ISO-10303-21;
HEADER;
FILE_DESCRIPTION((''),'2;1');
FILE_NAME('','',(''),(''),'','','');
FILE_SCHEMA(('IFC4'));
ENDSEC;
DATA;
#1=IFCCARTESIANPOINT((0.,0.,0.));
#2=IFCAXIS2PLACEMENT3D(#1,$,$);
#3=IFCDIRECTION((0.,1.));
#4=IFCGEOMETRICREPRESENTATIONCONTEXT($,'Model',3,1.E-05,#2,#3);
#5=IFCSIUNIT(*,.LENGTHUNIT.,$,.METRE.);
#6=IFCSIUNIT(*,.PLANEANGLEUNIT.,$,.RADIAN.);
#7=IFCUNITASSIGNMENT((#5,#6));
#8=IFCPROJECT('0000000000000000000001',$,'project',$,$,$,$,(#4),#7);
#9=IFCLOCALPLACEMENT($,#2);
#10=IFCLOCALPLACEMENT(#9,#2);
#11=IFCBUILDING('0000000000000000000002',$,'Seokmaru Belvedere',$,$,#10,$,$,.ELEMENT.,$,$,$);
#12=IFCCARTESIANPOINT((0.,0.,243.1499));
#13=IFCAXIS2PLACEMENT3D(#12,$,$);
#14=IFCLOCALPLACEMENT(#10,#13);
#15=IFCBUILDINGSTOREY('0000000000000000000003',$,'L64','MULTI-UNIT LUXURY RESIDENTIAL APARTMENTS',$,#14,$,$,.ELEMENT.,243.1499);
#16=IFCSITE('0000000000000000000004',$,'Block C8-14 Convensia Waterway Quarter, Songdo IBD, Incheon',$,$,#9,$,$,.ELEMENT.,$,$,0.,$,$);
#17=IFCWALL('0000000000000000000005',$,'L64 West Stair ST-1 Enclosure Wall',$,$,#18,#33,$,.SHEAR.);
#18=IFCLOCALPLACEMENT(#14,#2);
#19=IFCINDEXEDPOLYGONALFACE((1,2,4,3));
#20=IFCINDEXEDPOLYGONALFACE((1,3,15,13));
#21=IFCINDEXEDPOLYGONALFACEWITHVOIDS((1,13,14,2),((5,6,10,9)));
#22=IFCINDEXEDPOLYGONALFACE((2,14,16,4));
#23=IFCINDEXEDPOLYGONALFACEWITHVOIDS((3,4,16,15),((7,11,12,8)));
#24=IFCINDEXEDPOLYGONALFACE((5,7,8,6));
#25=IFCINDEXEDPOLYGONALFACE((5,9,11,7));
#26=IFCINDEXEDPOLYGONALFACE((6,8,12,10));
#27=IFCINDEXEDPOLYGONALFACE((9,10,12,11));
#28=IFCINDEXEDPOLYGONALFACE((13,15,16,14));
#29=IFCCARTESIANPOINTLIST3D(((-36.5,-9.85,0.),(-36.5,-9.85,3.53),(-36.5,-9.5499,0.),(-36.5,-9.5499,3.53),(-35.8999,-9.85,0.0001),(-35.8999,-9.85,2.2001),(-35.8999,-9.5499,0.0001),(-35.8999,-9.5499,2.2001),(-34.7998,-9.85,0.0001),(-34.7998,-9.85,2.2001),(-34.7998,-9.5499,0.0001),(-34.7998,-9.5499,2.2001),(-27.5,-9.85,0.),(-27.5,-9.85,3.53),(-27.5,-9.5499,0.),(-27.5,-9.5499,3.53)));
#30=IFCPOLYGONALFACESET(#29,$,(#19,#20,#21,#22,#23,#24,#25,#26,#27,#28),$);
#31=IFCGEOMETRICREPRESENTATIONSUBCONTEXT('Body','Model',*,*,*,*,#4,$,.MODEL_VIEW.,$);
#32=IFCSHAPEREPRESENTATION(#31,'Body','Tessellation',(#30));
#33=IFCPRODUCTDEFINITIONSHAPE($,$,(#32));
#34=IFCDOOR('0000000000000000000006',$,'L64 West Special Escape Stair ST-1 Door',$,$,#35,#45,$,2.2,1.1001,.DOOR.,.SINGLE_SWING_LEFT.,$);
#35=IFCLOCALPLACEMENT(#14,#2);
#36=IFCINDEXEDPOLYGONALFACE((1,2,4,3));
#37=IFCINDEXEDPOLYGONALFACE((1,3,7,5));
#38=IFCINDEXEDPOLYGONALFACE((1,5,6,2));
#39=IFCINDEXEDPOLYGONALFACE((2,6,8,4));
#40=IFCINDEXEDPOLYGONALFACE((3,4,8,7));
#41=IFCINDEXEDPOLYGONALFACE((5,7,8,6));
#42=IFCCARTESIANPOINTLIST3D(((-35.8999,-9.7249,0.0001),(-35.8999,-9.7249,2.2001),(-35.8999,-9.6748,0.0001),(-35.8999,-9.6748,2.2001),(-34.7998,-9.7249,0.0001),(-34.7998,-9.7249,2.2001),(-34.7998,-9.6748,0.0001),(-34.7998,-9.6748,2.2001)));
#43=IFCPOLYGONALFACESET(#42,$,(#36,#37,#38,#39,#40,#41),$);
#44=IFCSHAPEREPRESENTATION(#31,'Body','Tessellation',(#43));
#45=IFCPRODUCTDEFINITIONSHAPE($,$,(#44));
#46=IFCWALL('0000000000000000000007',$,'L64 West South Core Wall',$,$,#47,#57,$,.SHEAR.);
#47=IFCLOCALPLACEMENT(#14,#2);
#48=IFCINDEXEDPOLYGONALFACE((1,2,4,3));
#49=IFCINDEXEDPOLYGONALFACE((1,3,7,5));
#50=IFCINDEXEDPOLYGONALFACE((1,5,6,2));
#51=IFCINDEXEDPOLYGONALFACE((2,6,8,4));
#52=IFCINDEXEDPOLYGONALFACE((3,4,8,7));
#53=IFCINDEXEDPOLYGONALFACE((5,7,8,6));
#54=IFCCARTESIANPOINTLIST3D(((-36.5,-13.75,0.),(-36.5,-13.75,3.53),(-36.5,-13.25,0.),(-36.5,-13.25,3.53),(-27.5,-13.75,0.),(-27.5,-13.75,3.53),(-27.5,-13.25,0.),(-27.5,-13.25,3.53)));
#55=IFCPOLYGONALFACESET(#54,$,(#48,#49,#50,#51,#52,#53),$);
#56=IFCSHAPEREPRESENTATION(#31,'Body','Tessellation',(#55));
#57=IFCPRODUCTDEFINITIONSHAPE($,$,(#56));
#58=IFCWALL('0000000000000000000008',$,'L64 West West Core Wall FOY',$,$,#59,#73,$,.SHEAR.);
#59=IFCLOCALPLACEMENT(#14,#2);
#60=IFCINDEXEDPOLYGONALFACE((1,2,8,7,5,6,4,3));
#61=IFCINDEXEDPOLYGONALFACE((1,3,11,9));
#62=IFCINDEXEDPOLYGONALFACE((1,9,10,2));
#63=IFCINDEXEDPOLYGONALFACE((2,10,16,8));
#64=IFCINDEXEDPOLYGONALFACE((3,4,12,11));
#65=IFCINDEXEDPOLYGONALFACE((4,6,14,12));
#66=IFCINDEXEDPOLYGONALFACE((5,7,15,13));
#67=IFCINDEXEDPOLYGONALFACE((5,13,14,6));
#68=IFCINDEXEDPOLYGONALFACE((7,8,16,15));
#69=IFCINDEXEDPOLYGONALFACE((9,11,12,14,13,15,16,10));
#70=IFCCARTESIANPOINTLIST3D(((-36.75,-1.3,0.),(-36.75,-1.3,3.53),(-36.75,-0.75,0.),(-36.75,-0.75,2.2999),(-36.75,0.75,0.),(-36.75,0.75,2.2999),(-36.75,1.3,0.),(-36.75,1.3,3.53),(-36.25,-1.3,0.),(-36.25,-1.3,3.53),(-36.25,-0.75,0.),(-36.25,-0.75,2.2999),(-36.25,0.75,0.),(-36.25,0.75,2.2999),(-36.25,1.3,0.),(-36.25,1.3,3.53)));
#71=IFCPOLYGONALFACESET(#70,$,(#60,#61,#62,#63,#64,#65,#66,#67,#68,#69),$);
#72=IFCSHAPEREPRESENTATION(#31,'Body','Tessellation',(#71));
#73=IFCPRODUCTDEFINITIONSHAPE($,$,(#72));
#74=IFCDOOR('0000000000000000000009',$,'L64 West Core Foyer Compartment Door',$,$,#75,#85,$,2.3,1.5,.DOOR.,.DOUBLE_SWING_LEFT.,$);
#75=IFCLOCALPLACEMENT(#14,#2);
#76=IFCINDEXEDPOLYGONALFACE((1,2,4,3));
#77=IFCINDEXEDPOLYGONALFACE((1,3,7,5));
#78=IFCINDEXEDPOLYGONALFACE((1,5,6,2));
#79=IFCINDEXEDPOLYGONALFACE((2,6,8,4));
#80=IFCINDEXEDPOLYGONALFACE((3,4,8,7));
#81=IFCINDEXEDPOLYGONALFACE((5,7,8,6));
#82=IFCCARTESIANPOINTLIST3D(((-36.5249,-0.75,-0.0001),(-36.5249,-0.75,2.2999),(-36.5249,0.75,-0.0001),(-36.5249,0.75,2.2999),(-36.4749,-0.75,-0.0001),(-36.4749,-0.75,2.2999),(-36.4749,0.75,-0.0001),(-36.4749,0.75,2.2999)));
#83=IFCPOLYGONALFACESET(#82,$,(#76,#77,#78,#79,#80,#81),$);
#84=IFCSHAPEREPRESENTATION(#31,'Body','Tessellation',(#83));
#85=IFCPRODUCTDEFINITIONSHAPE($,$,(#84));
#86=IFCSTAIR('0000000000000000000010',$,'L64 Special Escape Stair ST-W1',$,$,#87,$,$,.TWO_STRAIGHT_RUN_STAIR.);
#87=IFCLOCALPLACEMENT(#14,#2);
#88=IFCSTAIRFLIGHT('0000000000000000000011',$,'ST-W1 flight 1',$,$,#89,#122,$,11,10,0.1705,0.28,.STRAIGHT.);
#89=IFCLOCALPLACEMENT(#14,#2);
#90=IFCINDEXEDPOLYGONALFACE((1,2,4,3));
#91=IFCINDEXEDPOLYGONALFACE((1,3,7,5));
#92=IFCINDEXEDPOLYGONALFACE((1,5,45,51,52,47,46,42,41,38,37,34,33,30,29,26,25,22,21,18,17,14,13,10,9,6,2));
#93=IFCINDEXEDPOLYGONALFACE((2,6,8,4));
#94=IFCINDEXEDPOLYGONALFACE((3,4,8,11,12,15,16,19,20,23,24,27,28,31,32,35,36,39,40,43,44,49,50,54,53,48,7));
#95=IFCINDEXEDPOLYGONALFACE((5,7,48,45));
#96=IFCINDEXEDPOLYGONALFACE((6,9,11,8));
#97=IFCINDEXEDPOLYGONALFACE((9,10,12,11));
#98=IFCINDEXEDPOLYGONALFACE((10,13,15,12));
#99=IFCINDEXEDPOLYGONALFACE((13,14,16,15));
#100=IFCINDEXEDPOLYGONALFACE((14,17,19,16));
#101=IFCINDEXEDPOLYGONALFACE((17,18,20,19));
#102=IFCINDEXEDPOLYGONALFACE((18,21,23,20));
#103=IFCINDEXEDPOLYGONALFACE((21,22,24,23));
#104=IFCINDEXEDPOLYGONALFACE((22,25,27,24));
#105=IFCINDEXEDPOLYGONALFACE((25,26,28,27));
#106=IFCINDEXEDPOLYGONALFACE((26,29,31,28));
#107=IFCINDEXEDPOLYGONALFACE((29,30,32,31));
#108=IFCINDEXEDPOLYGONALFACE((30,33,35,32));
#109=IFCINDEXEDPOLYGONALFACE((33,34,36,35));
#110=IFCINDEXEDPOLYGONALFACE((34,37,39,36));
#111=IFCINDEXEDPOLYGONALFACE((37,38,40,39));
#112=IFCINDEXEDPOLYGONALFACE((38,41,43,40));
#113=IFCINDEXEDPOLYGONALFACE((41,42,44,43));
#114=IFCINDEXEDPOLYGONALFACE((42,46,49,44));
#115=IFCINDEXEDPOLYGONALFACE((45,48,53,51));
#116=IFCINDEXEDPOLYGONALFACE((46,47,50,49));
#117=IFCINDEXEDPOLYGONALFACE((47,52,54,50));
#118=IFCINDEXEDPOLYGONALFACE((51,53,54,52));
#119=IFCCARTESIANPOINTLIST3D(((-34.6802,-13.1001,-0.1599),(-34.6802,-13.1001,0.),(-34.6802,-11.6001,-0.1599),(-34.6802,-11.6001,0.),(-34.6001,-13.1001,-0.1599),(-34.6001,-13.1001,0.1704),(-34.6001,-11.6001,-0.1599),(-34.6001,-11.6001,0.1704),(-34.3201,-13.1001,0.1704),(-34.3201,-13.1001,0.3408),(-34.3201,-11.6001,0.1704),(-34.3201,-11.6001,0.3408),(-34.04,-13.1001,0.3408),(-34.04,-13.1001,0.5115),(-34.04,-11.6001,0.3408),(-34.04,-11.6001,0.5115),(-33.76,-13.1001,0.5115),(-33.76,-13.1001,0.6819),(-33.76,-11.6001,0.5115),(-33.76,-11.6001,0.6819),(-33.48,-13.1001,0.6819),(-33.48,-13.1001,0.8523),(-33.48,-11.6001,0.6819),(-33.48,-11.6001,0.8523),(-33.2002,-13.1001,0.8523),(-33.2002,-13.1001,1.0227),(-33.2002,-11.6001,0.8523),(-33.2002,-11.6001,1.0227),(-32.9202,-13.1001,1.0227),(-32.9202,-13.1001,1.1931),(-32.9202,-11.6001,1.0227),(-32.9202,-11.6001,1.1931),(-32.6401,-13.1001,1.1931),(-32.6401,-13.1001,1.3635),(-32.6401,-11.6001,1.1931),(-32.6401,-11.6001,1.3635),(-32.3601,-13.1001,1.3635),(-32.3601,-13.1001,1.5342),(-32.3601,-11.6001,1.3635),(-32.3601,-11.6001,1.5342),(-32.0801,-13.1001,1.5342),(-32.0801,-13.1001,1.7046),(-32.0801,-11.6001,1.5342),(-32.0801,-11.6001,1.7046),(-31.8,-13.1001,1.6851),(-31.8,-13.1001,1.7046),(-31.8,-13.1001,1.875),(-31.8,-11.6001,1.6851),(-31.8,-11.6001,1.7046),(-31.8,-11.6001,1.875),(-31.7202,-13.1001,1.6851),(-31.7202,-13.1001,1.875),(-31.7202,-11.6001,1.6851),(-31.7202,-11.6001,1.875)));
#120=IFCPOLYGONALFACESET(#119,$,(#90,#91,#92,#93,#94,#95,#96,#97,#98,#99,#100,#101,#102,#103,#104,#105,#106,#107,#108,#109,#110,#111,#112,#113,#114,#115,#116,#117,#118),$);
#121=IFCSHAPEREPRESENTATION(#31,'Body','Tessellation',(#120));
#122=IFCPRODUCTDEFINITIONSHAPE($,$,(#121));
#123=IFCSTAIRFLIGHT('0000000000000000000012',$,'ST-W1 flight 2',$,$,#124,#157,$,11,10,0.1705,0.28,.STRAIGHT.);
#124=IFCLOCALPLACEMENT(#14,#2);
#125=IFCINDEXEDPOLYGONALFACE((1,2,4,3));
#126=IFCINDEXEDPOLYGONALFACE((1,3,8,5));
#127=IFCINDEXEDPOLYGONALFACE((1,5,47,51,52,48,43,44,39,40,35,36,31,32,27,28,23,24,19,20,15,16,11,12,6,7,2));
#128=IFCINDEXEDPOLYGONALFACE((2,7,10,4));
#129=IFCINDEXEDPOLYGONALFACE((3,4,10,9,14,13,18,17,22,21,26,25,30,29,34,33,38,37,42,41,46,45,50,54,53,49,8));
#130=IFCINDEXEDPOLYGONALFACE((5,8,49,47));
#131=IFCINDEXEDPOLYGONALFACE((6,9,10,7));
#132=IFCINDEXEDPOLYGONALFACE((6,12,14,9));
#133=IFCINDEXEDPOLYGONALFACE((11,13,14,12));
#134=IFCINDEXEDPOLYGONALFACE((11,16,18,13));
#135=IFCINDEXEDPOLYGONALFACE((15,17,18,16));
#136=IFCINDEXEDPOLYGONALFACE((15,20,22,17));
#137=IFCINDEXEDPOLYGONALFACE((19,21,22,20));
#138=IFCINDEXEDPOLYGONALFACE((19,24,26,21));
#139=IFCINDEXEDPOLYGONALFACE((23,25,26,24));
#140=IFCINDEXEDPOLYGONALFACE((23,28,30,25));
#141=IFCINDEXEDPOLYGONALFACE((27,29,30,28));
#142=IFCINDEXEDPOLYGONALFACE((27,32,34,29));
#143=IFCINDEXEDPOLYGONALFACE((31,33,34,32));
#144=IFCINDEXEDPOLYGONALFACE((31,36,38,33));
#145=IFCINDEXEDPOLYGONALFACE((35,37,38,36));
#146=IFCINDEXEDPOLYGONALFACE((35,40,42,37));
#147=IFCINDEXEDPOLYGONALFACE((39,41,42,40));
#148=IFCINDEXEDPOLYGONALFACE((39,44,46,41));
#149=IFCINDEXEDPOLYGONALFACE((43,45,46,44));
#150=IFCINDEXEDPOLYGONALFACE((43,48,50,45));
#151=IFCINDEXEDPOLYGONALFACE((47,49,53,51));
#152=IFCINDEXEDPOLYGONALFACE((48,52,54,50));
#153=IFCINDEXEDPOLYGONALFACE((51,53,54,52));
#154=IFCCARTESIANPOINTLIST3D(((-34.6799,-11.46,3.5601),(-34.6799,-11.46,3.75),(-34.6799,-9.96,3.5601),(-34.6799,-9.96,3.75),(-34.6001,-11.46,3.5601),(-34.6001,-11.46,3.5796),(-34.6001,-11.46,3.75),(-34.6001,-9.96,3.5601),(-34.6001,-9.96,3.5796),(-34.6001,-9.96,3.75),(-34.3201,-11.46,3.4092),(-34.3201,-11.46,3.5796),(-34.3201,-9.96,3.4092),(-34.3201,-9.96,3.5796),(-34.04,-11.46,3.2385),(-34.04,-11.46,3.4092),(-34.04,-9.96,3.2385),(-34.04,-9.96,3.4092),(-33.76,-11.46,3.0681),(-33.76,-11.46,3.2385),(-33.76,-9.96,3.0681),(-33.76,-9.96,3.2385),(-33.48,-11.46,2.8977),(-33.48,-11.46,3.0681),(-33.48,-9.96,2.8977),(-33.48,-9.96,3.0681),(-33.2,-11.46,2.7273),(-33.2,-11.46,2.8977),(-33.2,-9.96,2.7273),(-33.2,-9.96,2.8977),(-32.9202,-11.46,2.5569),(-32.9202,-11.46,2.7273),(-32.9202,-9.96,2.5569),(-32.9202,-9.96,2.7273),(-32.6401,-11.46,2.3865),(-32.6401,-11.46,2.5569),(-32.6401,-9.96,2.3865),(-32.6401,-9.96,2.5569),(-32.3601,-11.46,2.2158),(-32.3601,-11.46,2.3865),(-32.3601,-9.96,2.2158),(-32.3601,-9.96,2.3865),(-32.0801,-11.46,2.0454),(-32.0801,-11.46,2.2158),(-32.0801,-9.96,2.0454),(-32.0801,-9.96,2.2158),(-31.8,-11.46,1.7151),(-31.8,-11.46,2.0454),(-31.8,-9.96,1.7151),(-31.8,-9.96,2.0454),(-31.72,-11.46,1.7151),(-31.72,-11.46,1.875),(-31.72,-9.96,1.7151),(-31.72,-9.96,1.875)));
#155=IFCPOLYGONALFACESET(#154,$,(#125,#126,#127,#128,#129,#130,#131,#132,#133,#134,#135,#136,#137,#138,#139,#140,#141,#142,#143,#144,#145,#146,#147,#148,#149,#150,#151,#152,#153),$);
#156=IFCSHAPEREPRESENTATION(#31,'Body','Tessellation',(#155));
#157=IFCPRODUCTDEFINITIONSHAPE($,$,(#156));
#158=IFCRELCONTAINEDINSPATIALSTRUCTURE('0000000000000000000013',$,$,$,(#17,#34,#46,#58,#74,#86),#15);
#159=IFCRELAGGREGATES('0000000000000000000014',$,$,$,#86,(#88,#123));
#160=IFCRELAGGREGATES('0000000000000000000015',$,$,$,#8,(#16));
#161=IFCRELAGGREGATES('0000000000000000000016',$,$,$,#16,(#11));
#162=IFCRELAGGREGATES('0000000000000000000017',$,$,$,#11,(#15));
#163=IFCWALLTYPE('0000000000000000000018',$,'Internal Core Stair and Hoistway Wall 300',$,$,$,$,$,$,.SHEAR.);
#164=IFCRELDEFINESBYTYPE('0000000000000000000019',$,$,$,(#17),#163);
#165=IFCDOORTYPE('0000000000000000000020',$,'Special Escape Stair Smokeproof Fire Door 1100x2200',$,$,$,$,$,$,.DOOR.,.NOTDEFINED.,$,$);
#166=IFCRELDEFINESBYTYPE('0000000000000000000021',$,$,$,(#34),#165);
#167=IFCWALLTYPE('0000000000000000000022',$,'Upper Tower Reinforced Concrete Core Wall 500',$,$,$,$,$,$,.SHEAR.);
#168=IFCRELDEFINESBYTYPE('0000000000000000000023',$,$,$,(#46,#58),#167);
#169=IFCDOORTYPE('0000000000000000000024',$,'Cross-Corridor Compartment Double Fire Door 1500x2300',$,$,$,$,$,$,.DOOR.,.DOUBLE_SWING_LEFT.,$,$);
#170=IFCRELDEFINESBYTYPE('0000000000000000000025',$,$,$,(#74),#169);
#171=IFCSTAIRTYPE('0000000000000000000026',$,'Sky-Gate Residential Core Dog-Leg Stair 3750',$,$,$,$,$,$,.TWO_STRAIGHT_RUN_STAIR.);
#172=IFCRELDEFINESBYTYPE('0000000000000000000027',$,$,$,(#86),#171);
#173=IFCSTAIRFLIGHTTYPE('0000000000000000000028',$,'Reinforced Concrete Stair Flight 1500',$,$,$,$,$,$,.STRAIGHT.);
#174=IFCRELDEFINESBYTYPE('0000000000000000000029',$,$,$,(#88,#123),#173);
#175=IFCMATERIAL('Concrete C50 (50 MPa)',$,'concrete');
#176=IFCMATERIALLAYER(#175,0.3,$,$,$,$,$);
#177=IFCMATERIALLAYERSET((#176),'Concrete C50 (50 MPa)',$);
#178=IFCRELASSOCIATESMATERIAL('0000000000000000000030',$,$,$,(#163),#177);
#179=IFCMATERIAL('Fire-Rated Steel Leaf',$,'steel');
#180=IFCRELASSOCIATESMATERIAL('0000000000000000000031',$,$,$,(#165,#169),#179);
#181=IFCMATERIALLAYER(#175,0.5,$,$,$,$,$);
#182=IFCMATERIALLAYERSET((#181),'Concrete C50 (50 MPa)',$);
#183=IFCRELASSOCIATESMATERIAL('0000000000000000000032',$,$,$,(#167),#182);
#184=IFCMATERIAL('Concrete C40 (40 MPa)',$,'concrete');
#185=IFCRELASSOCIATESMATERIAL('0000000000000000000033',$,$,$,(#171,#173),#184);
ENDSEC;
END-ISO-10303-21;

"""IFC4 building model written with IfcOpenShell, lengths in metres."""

from ifc_helpers import new_model, si_unit, direction, frame, frame_2d, origin, place, context, subcontext, project, spatial, polyline, rectangle, outline, extrude, source, transform, mapped, material, layer, layer_set, type_object, type_shapes, element, fill, aggregate, save


model = new_model("IFC4")

# Units and contexts
model_context = context("Model", 3, precision=1e-05, world=origin(), true_north=direction((0.0, 1.0)))
body_context = subcontext(model_context, "Body", "Model", "MODEL_VIEW")
ifc_project = project(units=[si_unit("LENGTHUNIT", "METRE"), si_unit("PLANEANGLEUNIT", "RADIAN")], contexts=[model_context])

# Site, building, storey
site_placement = place(None, origin())
site = spatial("IfcSite", under=ifc_project, at=site_placement, Name="Block C8-14 Convensia Waterway Quarter, Songdo IBD, Incheon", CompositionType="ELEMENT", RefElevation=0.0)
building_placement = place(site_placement, origin())
building = spatial("IfcBuilding", under=site, at=building_placement, Name="Seokmaru Belvedere", CompositionType="ELEMENT")
storey_placement = place(building_placement, frame((0.0, 0.0, 243.1499)))
storey = spatial("IfcBuildingStorey", under=building, at=storey_placement, Name="L64", Description="MULTI-UNIT LUXURY RESIDENTIAL APARTMENTS", CompositionType="ELEMENT", Elevation=243.1499)

# Shared definitions
ifc_material_1 = material(Name="Fire-Rated Steel Leaf", Category="steel")

# Wall, opening, door
ifc_material_2 = material(Name="Concrete C50 (50 MPa)", Category="concrete")
ifc_layer_1 = layer(ifc_material_2, 0.3)
ifc_layer_set_1 = layer_set([ifc_layer_1], Name="Concrete C50 (50 MPa)")
wall_type_1 = type_object("IfcWallType", Name="Internal Core Stair and Hoistway Wall 300", PredefinedType="SHEAR", material=ifc_layer_set_1)
wall_1_placement = place(storey_placement, frame((-36.5, -9.7, 0.0), z_axis=(0.0, 0.0, 1.0), x_axis=(1.0, 0.0, 0.0)))
wall_1 = element("IfcWall", 1, at=wall_1_placement, inside=storey, type_object=wall_type_1, Name="L64 West Stair ST-1 Enclosure Wall", PredefinedType="SHEAR", context=body_context, shape_type="SweptSolid", body=[
    extrude(rectangle(XDim=9.0, YDim=0.3, at=frame_2d((4.5, 0.0))), origin(), (0.0, 0.0, 1.0), 3.53),
])
opening_1_placement = place(wall_1_placement, frame((0.6001, 0.0, 0.0)))
opening_1 = element("IfcOpeningElement", 2, at=opening_1_placement, cuts=wall_1, PredefinedType="OPENING", context=body_context, shape_type="SweptSolid", body=[
    extrude(rectangle(XDim=1.1001, YDim=2.2, at=frame_2d((0.55, 1.1001))), frame((0.0, 0.1602, 0.0), z_axis=(0.0, -1.0, 0.0), x_axis=(1.0, 0.0, 0.0)), (0.0, 0.0, 1.0), 0.3201),
])
door_type_1 = type_object("IfcDoorType", Name="Special Escape Stair Smokeproof Fire Door 1100x2200", OperationType="NOTDEFINED", PredefinedType="DOOR", material=ifc_material_1)
shared_shape_1 = source(origin(), body_context, "Body", "SweptSolid", [
    extrude(rectangle(XDim=1.1001, YDim=2.2, at=frame_2d((0.55, 1.1001))), frame((0.0, 0.0249, 0.0), z_axis=(0.0, -1.0, 0.0), x_axis=(1.0, 0.0, 0.0)), (0.0, 0.0, 1.0), 0.05),
])
type_shapes(door_type_1, [shared_shape_1])
door_1_placement = place(opening_1_placement, frame((1.1001, 0.0, 0.0), z_axis=(0.0, 0.0, 1.0), x_axis=(-1.0, 0.0, 0.0)))
door_1 = element("IfcDoor", 3, at=door_1_placement, inside=storey, type_object=door_type_1, Name="L64 West Special Escape Stair ST-1 Door", OperationType="SINGLE_SWING_LEFT", OverallHeight=2.2, OverallWidth=1.1001, PredefinedType="DOOR", context=body_context, shape_type="MappedRepresentation", body=[
    mapped(shared_shape_1, transform((0.0, 0.0, 0.0), scale=1.0)),
])
fill(opening_1, door_1)

# Wall
ifc_layer_2 = layer(ifc_material_2, 0.5)
ifc_layer_set_2 = layer_set([ifc_layer_2], Name="Concrete C50 (50 MPa)")
wall_type_2 = type_object("IfcWallType", Name="Upper Tower Reinforced Concrete Core Wall 500", PredefinedType="SHEAR", material=ifc_layer_set_2)
wall_2_placement = place(storey_placement, frame((-36.5, -13.5, 0.0), z_axis=(0.0, 0.0, 1.0), x_axis=(1.0, 0.0, 0.0)))
element("IfcWall", 4, at=wall_2_placement, inside=storey, type_object=wall_type_2, Name="L64 West South Core Wall", PredefinedType="SHEAR", context=body_context, shape_type="SweptSolid", body=[
    extrude(rectangle(XDim=9.0, YDim=0.5, at=frame_2d((4.5, 0.0))), origin(), (0.0, 0.0, 1.0), 3.53),
])

# Wall, opening, door
wall_3_placement = place(storey_placement, frame((-36.5, -1.3, 0.0), z_axis=(0.0, 0.0, 1.0), x_axis=(0.0, 1.0, 0.0)))
wall_3 = element("IfcWall", 5, at=wall_3_placement, inside=storey, type_object=wall_type_2, Name="L64 West West Core Wall FOY", PredefinedType="SHEAR", context=body_context, shape_type="SweptSolid", body=[
    extrude(rectangle(XDim=2.6001, YDim=0.5, at=frame_2d((1.3, 0.0))), origin(), (0.0, 0.0, 1.0), 3.53),
])
opening_2_placement = place(wall_3_placement, frame((0.55, 0.0, 0.0)))
opening_2 = element("IfcOpeningElement", 6, at=opening_2_placement, cuts=wall_3, PredefinedType="OPENING", context=body_context, shape_type="SweptSolid", body=[
    extrude(rectangle(XDim=1.5, YDim=2.3, at=frame_2d((0.75, 1.1499))), frame((0.0, 0.26, 0.0), z_axis=(0.0, -1.0, 0.0), x_axis=(1.0, 0.0, 0.0)), (0.0, 0.0, 1.0), 0.52),
])
door_type_2 = type_object("IfcDoorType", Name="Cross-Corridor Compartment Double Fire Door 1500x2300", OperationType="DOUBLE_SWING_LEFT", PredefinedType="DOOR", material=ifc_material_1)
shared_shape_2 = source(origin(), body_context, "Body", "SweptSolid", [
    extrude(rectangle(XDim=1.5, YDim=2.3, at=frame_2d((0.75, 1.1499))), frame((0.0, 0.0249, 0.0), z_axis=(0.0, -1.0, 0.0), x_axis=(1.0, 0.0, 0.0)), (0.0, 0.0, 1.0), 0.05),
])
type_shapes(door_type_2, [shared_shape_2])
door_2_placement = place(opening_2_placement, origin())
door_2 = element("IfcDoor", 7, at=door_2_placement, inside=storey, type_object=door_type_2, Name="L64 West Core Foyer Compartment Door", OperationType="DOUBLE_SWING_LEFT", OverallHeight=2.3, OverallWidth=1.5, PredefinedType="DOOR", context=body_context, shape_type="MappedRepresentation", body=[
    mapped(shared_shape_2, transform((0.0, 0.0, 0.0), scale=1.0)),
])
fill(opening_2, door_2)

# Stair, stair flights
ifc_material_3 = material(Name="Concrete C40 (40 MPa)", Category="concrete")
stair_type = type_object("IfcStairType", Name="Sky-Gate Residential Core Dog-Leg Stair 3750", PredefinedType="TWO_STRAIGHT_RUN_STAIR", material=ifc_material_3)
stair_placement = place(storey_placement, origin())
stair = element("IfcStair", 8, at=stair_placement, inside=storey, type_object=stair_type, Name="L64 Special Escape Stair ST-W1", PredefinedType="TWO_STRAIGHT_RUN_STAIR")
stair_flight_type = type_object("IfcStairFlightType", Name="Reinforced Concrete Stair Flight 1500", PredefinedType="STRAIGHT", material=ifc_material_3)
stair_flight_1_placement = place(storey_placement, frame((-34.6001, -12.3501, 0.0), z_axis=(0.0, 0.0, 1.0), x_axis=(1.0, 0.0, 0.0)))
stair_flight_1 = element("IfcStairFlight", 9, at=stair_flight_1_placement, type_object=stair_flight_type, Name="ST-W1 flight 1", NumberOfRisers=11, NumberOfTreads=10, PredefinedType="STRAIGHT", RiserHeight=0.1705, TreadLength=0.28, context=body_context, shape_type="SweptSolid", body=[
    extrude(outline(polyline([(-0.0801, 0.0), (0.0, 0.1704), (0.28, 0.1704), (0.28, 0.3408), (0.5601, 0.3408), (0.5601, 0.5115), (0.8401, 0.5115), (0.8401, 0.6819), (1.1201, 0.6819), (1.1201, 0.8523), (1.3999, 0.8523), (1.3999, 1.0227), (1.6799, 1.0227), (1.6799, 1.1931), (1.96, 1.1931), (1.96, 1.3635), (2.24, 1.3635), (2.24, 1.5342), (2.52, 1.5342), (2.52, 1.7046), (2.8, 1.7046), (2.8, 1.875), (2.8799, 1.875), (2.8799, 1.6851), (2.8, 1.6851), (0.0, -0.1599), (-0.0801, -0.1599), (-0.0801, 0.0)])), frame((0.0, 0.75, 0.0), z_axis=(0.0, -1.0, 0.0), x_axis=(1.0, 0.0, 0.0)), (0.0, 0.0, 1.0), 1.5),
])
stair_flight_2_placement = place(storey_placement, frame((-31.8, -10.71, 1.875), z_axis=(0.0, 0.0, 1.0), x_axis=(-1.0, 0.0, 0.0)))
stair_flight_2 = element("IfcStairFlight", 10, at=stair_flight_2_placement, type_object=stair_flight_type, Name="ST-W1 flight 2", NumberOfRisers=11, NumberOfTreads=10, PredefinedType="STRAIGHT", RiserHeight=0.1705, TreadLength=0.28, context=body_context, shape_type="SweptSolid", body=[
    extrude(outline(polyline([(-0.0801, 0.0), (0.0, 0.1704), (0.28, 0.1704), (0.28, 0.3408), (0.5601, 0.3408), (0.5601, 0.5115), (0.8401, 0.5115), (0.8401, 0.6819), (1.1201, 0.6819), (1.1201, 0.8523), (1.3999, 0.8523), (1.3999, 1.0227), (1.6799, 1.0227), (1.6799, 1.1931), (1.96, 1.1931), (1.96, 1.3635), (2.24, 1.3635), (2.24, 1.5342), (2.52, 1.5342), (2.52, 1.7046), (2.8, 1.7046), (2.8, 1.875), (2.8799, 1.875), (2.8799, 1.6851), (2.8, 1.6851), (0.0, -0.1599), (-0.0801, -0.1599), (-0.0801, 0.0)])), frame((0.0, 0.75, 0.0), z_axis=(0.0, -1.0, 0.0), x_axis=(1.0, 0.0, 0.0)), (0.0, 0.0, 1.0), 1.5),
])
aggregate(stair, [stair_flight_1, stair_flight_2])

save(model, "model.ifc")
